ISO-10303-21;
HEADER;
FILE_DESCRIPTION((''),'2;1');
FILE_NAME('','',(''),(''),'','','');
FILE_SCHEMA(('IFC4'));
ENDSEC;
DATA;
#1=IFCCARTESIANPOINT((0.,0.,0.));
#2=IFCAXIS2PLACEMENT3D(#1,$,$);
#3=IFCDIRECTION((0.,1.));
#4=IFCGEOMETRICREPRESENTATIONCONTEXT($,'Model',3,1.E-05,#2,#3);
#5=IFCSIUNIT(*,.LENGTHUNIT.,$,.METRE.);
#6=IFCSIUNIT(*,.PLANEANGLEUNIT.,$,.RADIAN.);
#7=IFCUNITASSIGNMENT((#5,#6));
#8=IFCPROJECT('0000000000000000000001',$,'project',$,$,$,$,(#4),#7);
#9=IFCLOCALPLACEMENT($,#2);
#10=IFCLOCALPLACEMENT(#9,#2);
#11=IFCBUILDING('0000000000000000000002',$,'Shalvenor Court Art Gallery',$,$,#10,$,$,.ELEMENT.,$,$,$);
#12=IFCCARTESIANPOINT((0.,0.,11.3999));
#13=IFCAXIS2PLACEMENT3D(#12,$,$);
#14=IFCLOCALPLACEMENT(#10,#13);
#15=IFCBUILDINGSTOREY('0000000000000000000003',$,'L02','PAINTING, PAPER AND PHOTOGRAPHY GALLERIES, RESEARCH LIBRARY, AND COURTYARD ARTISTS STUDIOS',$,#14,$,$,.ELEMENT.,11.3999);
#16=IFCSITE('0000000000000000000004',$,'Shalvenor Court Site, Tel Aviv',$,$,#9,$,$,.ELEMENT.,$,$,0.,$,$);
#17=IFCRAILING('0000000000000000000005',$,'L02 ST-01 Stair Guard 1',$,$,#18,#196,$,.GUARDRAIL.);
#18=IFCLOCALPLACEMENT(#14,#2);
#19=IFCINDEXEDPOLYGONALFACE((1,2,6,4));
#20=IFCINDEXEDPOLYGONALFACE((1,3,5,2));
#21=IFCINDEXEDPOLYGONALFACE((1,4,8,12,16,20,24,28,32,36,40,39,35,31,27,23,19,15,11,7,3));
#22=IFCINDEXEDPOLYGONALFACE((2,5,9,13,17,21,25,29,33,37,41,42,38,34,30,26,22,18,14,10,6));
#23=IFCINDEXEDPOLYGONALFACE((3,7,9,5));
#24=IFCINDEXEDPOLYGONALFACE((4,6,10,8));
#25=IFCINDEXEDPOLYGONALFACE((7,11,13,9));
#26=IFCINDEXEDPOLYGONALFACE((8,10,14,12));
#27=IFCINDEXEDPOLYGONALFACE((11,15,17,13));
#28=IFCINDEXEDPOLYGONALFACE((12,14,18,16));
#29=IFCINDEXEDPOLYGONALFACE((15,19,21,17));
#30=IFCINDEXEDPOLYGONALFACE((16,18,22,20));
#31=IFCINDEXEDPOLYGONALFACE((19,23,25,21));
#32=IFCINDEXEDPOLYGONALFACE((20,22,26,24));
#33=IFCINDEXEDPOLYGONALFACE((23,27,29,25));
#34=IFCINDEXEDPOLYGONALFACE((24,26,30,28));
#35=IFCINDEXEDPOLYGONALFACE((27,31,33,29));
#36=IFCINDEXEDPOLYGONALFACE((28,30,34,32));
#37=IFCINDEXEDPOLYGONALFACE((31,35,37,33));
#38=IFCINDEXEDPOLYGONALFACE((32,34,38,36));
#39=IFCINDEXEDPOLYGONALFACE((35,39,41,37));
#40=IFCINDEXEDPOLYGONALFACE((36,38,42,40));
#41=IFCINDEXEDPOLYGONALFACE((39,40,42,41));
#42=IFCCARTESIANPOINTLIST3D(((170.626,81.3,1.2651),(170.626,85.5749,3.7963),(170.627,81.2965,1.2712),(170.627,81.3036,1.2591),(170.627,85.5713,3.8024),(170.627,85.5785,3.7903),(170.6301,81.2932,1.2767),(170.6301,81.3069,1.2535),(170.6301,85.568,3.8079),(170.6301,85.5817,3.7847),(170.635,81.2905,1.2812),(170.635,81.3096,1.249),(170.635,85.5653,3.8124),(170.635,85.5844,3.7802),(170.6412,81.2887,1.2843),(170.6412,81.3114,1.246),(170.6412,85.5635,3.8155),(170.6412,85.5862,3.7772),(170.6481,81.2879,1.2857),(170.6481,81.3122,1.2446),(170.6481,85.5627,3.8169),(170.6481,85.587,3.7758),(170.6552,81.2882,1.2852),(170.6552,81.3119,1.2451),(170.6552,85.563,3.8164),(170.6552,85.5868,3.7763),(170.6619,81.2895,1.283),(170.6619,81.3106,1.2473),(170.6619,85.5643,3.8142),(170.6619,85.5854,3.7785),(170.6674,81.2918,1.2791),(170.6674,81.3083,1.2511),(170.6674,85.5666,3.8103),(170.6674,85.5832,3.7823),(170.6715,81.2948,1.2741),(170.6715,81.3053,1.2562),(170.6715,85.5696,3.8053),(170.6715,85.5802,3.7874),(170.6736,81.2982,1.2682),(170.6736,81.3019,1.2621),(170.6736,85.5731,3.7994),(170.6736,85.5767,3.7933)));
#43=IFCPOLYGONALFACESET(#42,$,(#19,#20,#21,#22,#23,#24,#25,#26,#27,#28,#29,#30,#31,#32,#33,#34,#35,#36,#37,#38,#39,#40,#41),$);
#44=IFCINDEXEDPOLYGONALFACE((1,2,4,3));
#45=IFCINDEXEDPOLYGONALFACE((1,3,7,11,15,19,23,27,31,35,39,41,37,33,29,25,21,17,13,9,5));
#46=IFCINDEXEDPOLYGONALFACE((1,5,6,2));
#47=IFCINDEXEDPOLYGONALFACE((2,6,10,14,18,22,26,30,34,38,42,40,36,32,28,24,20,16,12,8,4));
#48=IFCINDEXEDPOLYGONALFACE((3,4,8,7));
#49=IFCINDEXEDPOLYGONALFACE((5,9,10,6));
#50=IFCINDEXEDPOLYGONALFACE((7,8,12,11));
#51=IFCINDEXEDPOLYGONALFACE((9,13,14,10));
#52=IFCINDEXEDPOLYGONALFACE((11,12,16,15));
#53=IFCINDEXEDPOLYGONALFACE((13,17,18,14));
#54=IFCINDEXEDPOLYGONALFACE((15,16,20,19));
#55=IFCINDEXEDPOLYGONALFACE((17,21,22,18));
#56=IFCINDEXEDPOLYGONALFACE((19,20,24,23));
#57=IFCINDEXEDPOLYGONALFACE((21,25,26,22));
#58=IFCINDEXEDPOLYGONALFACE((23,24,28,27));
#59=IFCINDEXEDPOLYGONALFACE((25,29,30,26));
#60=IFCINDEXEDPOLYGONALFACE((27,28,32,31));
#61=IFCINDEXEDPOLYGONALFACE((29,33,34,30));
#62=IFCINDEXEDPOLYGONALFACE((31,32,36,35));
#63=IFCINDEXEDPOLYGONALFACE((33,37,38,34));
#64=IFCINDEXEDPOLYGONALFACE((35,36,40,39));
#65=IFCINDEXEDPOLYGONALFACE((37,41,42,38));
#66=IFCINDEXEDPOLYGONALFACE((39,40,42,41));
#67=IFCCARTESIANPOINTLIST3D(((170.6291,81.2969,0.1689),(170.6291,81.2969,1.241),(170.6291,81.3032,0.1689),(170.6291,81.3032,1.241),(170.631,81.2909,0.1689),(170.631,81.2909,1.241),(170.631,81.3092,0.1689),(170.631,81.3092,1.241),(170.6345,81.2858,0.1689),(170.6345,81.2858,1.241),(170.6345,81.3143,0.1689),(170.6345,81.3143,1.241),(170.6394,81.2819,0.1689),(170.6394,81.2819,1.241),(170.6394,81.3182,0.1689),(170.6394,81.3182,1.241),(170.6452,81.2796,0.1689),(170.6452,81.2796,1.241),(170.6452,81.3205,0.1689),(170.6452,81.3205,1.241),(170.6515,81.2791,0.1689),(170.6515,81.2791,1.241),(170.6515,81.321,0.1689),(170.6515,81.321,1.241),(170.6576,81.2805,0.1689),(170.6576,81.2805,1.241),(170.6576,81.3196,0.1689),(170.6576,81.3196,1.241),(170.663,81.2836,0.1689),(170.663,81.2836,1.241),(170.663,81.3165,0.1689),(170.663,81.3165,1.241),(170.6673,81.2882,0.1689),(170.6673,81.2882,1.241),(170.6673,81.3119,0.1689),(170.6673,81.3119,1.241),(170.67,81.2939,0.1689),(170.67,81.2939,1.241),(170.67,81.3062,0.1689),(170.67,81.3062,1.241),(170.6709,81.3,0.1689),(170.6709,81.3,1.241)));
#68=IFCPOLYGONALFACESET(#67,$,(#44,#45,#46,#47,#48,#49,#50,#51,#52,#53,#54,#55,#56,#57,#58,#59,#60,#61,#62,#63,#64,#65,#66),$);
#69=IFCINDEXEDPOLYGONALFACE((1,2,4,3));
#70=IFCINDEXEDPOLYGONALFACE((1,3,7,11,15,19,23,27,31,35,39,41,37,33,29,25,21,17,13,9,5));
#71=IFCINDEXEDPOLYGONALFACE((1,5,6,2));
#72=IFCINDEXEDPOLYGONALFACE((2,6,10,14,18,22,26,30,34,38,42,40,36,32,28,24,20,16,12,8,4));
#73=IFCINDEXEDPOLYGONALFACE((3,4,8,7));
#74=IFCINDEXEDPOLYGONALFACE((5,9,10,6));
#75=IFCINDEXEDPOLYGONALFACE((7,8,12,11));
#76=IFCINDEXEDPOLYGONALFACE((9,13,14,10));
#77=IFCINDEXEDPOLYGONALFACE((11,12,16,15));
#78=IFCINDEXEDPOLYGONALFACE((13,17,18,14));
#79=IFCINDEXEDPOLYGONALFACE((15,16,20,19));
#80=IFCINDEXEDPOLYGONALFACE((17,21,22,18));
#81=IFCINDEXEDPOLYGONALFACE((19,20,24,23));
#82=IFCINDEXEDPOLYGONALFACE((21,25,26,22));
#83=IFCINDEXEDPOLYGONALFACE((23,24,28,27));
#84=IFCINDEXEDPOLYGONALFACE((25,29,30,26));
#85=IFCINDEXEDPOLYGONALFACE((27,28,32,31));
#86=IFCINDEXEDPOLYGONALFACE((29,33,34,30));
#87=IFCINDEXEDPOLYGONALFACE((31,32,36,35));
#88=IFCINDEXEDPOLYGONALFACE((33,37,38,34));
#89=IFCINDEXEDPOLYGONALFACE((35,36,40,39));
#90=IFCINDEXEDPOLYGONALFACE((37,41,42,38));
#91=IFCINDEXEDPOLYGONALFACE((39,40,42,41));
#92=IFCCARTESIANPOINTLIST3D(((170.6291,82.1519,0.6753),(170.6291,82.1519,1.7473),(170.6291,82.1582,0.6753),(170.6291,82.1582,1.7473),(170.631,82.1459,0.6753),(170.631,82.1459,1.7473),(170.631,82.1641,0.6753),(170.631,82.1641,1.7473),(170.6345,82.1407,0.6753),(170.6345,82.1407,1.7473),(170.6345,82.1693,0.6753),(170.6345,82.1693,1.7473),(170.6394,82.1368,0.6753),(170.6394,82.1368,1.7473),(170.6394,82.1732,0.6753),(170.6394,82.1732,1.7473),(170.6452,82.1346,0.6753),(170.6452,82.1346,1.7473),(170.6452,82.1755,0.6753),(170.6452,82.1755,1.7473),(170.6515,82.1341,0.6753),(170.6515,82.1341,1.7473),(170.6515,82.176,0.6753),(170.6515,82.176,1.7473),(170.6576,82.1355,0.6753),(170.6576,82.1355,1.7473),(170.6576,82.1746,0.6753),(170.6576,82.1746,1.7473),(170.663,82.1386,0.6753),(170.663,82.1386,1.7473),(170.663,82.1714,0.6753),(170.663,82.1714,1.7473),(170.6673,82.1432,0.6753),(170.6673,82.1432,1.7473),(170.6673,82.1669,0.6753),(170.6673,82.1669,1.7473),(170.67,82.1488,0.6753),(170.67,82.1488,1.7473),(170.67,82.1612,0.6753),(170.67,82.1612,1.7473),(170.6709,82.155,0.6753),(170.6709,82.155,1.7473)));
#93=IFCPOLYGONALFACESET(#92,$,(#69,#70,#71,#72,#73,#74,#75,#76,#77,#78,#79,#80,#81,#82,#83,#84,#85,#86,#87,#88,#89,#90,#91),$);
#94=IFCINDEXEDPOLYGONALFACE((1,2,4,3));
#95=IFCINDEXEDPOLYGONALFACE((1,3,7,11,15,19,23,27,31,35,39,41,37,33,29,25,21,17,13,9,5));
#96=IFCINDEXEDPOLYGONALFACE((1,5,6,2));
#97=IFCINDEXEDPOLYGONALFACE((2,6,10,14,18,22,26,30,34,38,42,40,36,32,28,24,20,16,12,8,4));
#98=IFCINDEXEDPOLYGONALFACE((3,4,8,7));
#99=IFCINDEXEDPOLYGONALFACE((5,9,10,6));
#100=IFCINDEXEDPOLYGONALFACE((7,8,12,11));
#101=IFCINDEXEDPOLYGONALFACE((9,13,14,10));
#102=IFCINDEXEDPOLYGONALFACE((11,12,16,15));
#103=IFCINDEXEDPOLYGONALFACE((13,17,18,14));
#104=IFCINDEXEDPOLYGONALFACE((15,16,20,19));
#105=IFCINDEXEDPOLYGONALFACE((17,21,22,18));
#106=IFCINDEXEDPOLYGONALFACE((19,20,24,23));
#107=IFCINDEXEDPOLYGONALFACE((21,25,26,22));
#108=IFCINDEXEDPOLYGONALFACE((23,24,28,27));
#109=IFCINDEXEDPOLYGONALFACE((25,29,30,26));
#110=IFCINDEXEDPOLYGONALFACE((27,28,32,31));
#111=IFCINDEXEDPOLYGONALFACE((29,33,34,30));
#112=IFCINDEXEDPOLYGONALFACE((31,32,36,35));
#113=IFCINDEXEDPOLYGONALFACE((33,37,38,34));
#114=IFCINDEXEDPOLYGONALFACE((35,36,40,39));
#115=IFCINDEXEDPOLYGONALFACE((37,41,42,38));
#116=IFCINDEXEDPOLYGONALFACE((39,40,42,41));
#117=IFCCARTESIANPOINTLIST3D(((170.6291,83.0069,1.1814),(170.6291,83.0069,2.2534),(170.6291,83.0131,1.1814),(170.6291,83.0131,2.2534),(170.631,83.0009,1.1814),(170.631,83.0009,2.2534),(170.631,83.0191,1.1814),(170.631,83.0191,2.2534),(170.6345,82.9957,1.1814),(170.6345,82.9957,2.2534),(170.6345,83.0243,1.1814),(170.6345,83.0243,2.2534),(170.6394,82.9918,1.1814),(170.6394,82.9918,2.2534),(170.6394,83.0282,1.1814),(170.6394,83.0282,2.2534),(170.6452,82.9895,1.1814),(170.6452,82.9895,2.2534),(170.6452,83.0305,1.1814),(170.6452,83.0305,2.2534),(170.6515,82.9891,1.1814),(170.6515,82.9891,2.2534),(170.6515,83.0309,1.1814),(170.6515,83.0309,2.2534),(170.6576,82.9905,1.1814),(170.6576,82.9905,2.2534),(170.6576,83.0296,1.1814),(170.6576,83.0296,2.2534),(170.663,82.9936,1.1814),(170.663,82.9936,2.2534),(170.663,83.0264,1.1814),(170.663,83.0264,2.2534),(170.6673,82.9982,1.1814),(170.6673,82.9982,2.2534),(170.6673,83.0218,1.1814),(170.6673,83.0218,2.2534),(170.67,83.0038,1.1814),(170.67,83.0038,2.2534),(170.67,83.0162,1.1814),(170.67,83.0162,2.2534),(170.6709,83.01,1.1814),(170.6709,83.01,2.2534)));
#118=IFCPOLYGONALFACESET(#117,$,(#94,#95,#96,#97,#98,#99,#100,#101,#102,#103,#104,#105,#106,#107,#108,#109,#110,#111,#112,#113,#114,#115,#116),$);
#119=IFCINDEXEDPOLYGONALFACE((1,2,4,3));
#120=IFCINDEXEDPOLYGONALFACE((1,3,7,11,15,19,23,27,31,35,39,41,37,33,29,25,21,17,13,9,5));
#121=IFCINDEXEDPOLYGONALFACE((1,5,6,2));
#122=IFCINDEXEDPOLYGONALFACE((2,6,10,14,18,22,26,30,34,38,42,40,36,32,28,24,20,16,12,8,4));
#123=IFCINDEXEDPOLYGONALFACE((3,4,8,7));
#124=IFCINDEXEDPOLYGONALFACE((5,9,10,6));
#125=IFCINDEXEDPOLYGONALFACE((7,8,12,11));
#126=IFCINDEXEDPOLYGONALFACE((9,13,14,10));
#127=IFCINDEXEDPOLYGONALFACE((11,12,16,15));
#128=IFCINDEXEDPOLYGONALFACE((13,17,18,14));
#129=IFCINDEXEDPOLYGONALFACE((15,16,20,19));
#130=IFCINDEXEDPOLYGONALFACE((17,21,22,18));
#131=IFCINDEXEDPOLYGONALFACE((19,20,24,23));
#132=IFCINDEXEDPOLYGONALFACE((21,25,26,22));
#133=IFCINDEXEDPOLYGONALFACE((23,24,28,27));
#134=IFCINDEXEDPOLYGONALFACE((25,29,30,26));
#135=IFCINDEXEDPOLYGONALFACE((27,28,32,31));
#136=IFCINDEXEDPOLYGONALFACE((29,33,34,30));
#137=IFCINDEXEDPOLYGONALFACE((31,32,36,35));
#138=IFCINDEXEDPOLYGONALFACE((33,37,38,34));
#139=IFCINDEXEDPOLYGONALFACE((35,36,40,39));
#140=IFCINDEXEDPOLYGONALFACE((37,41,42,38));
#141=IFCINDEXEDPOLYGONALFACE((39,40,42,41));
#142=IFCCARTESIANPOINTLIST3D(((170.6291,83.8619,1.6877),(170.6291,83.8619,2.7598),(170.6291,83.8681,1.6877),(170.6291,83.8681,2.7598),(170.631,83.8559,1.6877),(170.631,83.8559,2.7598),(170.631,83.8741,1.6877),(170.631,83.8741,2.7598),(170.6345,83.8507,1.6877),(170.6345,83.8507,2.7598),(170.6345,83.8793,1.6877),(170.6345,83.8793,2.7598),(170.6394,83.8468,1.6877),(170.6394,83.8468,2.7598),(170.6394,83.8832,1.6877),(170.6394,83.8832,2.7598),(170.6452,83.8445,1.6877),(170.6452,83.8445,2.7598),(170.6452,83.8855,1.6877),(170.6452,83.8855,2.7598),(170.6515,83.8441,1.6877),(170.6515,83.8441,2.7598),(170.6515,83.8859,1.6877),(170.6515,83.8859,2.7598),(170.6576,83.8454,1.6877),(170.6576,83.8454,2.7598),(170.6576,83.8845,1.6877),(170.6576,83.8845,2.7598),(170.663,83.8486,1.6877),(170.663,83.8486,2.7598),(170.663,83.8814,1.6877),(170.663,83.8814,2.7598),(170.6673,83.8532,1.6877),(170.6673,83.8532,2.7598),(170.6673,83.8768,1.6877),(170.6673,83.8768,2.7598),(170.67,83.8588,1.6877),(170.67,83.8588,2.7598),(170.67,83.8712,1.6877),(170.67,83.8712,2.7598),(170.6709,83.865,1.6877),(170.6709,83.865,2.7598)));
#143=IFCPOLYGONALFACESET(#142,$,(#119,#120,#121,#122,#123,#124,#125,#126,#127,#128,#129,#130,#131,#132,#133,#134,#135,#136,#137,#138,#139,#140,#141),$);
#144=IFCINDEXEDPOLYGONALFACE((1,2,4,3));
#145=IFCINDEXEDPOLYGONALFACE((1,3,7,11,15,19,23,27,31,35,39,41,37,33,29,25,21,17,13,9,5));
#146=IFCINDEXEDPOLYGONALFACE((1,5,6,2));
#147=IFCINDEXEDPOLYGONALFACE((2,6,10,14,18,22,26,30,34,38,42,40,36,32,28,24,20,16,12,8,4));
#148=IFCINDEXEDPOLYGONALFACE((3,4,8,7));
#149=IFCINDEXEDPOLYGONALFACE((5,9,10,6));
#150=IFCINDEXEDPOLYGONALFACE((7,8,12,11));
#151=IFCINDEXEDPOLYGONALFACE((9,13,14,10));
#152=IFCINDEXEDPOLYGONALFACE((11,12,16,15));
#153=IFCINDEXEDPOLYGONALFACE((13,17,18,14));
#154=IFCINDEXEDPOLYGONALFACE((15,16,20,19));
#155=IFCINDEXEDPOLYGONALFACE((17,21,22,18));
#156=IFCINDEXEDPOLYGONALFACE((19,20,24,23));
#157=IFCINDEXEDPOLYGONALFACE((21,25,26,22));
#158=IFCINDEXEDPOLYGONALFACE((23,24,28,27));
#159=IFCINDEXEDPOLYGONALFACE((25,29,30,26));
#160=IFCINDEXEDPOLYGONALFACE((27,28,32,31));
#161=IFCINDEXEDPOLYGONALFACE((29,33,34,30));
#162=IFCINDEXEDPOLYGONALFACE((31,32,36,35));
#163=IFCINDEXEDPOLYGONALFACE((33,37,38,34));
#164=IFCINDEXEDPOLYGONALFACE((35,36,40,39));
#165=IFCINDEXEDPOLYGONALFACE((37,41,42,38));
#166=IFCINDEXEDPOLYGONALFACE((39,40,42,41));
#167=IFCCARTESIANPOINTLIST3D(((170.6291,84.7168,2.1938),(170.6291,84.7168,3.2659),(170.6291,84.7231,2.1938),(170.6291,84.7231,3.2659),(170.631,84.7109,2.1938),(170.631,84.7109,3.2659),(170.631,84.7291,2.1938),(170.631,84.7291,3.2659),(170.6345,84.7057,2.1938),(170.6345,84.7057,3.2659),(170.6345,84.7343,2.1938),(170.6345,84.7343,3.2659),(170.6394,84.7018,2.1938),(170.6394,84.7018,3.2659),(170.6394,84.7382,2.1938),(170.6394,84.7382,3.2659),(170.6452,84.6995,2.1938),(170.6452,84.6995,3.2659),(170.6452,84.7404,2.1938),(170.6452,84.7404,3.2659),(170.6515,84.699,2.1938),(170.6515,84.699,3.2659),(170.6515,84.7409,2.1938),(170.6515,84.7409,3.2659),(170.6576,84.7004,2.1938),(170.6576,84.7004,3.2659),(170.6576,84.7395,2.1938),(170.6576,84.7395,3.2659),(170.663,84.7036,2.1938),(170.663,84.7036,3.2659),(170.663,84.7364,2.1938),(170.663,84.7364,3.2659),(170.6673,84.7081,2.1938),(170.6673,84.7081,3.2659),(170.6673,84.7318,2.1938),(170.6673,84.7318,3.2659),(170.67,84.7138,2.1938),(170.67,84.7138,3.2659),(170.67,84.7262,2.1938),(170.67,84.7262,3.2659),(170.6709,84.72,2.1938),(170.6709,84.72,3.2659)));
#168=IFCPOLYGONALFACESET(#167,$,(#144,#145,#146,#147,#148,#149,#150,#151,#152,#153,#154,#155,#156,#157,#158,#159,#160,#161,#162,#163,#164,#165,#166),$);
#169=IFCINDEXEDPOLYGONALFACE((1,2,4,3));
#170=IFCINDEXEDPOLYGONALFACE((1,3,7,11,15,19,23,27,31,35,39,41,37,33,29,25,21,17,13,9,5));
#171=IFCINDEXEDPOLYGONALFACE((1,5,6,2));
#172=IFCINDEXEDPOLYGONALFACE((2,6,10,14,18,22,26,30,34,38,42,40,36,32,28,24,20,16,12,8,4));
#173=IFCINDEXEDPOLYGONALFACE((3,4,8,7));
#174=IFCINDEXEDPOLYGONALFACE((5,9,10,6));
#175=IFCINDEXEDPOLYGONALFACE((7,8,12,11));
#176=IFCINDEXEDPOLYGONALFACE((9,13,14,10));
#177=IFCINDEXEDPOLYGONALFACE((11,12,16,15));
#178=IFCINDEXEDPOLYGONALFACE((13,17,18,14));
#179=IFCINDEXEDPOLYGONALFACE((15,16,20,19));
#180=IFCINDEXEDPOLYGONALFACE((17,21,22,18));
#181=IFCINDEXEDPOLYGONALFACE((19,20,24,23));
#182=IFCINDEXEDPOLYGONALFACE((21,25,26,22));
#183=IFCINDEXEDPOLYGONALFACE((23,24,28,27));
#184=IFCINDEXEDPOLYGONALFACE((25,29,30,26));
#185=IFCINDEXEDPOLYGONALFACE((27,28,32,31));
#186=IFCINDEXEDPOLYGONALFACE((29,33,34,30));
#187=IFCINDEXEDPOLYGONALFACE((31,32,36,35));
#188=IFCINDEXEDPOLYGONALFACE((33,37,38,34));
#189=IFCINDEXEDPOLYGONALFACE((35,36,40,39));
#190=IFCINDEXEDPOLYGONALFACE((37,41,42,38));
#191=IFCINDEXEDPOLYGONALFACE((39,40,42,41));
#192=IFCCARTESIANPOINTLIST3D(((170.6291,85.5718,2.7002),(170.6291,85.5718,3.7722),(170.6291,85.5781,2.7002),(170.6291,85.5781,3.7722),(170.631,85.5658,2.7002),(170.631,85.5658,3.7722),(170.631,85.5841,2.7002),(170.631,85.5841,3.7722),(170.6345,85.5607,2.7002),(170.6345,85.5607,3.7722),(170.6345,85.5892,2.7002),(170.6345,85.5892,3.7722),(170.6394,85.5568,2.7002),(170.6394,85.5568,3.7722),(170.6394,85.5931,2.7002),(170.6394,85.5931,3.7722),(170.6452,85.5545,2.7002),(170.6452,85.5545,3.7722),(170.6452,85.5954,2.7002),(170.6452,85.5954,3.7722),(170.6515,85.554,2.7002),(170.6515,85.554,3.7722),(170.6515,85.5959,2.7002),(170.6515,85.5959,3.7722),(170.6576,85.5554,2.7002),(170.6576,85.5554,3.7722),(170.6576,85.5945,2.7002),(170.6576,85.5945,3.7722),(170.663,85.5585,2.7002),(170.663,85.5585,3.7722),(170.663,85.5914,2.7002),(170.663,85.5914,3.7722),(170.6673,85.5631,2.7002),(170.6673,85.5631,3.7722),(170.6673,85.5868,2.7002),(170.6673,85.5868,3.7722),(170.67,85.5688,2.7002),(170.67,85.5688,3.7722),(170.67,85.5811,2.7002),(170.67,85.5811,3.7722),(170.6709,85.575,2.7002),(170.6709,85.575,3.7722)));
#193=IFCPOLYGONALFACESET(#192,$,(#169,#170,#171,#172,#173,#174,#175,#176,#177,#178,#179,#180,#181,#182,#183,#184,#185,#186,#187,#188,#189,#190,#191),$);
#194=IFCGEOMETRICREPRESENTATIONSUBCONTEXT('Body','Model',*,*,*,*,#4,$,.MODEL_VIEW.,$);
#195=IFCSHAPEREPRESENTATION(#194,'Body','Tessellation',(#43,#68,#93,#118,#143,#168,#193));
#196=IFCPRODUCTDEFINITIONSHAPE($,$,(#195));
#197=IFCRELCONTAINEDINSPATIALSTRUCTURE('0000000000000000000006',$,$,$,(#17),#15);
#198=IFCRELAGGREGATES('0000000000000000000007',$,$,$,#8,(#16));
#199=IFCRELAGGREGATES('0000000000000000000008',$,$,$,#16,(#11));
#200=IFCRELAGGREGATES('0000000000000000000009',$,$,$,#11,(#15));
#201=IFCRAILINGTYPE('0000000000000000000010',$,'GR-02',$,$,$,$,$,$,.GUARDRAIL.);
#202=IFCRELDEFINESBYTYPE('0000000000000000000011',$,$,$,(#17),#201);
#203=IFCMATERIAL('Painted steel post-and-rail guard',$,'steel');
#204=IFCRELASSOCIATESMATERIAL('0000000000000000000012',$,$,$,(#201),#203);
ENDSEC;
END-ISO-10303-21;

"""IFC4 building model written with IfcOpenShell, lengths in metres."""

from ifc_helpers import new_model, si_unit, direction, frame, origin, origin_2d, place, context, subcontext, project, spatial, circle, extrude, material, type_object, element, save


model = new_model("IFC4")

# Units and contexts
model_context = context("Model", 3, precision=1e-05, world=origin(), true_north=direction((0.0, 1.0)))
body_context = subcontext(model_context, "Body", "Model", "MODEL_VIEW")
ifc_project = project(units=[si_unit("LENGTHUNIT", "METRE"), si_unit("PLANEANGLEUNIT", "RADIAN")], contexts=[model_context])

# Site, building, storey
site_placement = place(None, origin())
site = spatial("IfcSite", under=ifc_project, at=site_placement, Name="Shalvenor Court Site, Tel Aviv", CompositionType="ELEMENT", RefElevation=0.0)
building_placement = place(site_placement, origin())
building = spatial("IfcBuilding", under=site, at=building_placement, Name="Shalvenor Court Art Gallery", CompositionType="ELEMENT")
storey_placement = place(building_placement, frame((0.0, 0.0, 11.3999)))
storey = spatial("IfcBuildingStorey", under=building, at=storey_placement, Name="L02", Description="PAINTING, PAPER AND PHOTOGRAPHY GALLERIES, RESEARCH LIBRARY, AND COURTYARD ARTISTS STUDIOS", CompositionType="ELEMENT", Elevation=11.3999)

# Railing
ifc_material_1 = material(Name="Painted steel post-and-rail guard", Category="steel")
railing_type_1 = type_object("IfcRailingType", Name="GR-02", PredefinedType="GUARDRAIL", material=ifc_material_1)
railing_1_placement = place(storey_placement, frame((170.6499, 81.3, 0.1689)))
element("IfcRailing", 1, at=railing_1_placement, inside=storey, type_object=railing_type_1, Name="L02 ST-01 Stair Guard 1", PredefinedType="GUARDRAIL", context=body_context, shape_type="SweptSolid", body=[
    extrude(circle(Radius=0.0239, at=origin_2d()), frame((0.0, 0.0, 1.0962), z_axis=(0.0, 0.86047, 0.509501), x_axis=(-1.0, 0.0, 0.0)), (0.0, 0.0, 1.0), 4.968),
    extrude(circle(Radius=0.021, at=origin_2d()), origin(), (0.0, 0.0, 1.0), 1.072),
    extrude(circle(Radius=0.021, at=origin_2d()), frame((0.0, 0.855, 0.5063)), (0.0, 0.0, 1.0), 1.072),
    extrude(circle(Radius=0.021, at=origin_2d()), frame((0.0, 1.71, 1.0125)), (0.0, 0.0, 1.0), 1.072),
    extrude(circle(Radius=0.021, at=origin_2d()), frame((0.0, 2.5649, 1.5188)), (0.0, 0.0, 1.0), 1.072),
    extrude(circle(Radius=0.021, at=origin_2d()), frame((0.0, 3.4199, 2.0249)), (0.0, 0.0, 1.0), 1.072),
    extrude(circle(Radius=0.021, at=origin_2d()), frame((0.0, 4.2749, 2.5312)), (0.0, 0.0, 1.0), 1.072),
])

save(model, "model.ifc")
